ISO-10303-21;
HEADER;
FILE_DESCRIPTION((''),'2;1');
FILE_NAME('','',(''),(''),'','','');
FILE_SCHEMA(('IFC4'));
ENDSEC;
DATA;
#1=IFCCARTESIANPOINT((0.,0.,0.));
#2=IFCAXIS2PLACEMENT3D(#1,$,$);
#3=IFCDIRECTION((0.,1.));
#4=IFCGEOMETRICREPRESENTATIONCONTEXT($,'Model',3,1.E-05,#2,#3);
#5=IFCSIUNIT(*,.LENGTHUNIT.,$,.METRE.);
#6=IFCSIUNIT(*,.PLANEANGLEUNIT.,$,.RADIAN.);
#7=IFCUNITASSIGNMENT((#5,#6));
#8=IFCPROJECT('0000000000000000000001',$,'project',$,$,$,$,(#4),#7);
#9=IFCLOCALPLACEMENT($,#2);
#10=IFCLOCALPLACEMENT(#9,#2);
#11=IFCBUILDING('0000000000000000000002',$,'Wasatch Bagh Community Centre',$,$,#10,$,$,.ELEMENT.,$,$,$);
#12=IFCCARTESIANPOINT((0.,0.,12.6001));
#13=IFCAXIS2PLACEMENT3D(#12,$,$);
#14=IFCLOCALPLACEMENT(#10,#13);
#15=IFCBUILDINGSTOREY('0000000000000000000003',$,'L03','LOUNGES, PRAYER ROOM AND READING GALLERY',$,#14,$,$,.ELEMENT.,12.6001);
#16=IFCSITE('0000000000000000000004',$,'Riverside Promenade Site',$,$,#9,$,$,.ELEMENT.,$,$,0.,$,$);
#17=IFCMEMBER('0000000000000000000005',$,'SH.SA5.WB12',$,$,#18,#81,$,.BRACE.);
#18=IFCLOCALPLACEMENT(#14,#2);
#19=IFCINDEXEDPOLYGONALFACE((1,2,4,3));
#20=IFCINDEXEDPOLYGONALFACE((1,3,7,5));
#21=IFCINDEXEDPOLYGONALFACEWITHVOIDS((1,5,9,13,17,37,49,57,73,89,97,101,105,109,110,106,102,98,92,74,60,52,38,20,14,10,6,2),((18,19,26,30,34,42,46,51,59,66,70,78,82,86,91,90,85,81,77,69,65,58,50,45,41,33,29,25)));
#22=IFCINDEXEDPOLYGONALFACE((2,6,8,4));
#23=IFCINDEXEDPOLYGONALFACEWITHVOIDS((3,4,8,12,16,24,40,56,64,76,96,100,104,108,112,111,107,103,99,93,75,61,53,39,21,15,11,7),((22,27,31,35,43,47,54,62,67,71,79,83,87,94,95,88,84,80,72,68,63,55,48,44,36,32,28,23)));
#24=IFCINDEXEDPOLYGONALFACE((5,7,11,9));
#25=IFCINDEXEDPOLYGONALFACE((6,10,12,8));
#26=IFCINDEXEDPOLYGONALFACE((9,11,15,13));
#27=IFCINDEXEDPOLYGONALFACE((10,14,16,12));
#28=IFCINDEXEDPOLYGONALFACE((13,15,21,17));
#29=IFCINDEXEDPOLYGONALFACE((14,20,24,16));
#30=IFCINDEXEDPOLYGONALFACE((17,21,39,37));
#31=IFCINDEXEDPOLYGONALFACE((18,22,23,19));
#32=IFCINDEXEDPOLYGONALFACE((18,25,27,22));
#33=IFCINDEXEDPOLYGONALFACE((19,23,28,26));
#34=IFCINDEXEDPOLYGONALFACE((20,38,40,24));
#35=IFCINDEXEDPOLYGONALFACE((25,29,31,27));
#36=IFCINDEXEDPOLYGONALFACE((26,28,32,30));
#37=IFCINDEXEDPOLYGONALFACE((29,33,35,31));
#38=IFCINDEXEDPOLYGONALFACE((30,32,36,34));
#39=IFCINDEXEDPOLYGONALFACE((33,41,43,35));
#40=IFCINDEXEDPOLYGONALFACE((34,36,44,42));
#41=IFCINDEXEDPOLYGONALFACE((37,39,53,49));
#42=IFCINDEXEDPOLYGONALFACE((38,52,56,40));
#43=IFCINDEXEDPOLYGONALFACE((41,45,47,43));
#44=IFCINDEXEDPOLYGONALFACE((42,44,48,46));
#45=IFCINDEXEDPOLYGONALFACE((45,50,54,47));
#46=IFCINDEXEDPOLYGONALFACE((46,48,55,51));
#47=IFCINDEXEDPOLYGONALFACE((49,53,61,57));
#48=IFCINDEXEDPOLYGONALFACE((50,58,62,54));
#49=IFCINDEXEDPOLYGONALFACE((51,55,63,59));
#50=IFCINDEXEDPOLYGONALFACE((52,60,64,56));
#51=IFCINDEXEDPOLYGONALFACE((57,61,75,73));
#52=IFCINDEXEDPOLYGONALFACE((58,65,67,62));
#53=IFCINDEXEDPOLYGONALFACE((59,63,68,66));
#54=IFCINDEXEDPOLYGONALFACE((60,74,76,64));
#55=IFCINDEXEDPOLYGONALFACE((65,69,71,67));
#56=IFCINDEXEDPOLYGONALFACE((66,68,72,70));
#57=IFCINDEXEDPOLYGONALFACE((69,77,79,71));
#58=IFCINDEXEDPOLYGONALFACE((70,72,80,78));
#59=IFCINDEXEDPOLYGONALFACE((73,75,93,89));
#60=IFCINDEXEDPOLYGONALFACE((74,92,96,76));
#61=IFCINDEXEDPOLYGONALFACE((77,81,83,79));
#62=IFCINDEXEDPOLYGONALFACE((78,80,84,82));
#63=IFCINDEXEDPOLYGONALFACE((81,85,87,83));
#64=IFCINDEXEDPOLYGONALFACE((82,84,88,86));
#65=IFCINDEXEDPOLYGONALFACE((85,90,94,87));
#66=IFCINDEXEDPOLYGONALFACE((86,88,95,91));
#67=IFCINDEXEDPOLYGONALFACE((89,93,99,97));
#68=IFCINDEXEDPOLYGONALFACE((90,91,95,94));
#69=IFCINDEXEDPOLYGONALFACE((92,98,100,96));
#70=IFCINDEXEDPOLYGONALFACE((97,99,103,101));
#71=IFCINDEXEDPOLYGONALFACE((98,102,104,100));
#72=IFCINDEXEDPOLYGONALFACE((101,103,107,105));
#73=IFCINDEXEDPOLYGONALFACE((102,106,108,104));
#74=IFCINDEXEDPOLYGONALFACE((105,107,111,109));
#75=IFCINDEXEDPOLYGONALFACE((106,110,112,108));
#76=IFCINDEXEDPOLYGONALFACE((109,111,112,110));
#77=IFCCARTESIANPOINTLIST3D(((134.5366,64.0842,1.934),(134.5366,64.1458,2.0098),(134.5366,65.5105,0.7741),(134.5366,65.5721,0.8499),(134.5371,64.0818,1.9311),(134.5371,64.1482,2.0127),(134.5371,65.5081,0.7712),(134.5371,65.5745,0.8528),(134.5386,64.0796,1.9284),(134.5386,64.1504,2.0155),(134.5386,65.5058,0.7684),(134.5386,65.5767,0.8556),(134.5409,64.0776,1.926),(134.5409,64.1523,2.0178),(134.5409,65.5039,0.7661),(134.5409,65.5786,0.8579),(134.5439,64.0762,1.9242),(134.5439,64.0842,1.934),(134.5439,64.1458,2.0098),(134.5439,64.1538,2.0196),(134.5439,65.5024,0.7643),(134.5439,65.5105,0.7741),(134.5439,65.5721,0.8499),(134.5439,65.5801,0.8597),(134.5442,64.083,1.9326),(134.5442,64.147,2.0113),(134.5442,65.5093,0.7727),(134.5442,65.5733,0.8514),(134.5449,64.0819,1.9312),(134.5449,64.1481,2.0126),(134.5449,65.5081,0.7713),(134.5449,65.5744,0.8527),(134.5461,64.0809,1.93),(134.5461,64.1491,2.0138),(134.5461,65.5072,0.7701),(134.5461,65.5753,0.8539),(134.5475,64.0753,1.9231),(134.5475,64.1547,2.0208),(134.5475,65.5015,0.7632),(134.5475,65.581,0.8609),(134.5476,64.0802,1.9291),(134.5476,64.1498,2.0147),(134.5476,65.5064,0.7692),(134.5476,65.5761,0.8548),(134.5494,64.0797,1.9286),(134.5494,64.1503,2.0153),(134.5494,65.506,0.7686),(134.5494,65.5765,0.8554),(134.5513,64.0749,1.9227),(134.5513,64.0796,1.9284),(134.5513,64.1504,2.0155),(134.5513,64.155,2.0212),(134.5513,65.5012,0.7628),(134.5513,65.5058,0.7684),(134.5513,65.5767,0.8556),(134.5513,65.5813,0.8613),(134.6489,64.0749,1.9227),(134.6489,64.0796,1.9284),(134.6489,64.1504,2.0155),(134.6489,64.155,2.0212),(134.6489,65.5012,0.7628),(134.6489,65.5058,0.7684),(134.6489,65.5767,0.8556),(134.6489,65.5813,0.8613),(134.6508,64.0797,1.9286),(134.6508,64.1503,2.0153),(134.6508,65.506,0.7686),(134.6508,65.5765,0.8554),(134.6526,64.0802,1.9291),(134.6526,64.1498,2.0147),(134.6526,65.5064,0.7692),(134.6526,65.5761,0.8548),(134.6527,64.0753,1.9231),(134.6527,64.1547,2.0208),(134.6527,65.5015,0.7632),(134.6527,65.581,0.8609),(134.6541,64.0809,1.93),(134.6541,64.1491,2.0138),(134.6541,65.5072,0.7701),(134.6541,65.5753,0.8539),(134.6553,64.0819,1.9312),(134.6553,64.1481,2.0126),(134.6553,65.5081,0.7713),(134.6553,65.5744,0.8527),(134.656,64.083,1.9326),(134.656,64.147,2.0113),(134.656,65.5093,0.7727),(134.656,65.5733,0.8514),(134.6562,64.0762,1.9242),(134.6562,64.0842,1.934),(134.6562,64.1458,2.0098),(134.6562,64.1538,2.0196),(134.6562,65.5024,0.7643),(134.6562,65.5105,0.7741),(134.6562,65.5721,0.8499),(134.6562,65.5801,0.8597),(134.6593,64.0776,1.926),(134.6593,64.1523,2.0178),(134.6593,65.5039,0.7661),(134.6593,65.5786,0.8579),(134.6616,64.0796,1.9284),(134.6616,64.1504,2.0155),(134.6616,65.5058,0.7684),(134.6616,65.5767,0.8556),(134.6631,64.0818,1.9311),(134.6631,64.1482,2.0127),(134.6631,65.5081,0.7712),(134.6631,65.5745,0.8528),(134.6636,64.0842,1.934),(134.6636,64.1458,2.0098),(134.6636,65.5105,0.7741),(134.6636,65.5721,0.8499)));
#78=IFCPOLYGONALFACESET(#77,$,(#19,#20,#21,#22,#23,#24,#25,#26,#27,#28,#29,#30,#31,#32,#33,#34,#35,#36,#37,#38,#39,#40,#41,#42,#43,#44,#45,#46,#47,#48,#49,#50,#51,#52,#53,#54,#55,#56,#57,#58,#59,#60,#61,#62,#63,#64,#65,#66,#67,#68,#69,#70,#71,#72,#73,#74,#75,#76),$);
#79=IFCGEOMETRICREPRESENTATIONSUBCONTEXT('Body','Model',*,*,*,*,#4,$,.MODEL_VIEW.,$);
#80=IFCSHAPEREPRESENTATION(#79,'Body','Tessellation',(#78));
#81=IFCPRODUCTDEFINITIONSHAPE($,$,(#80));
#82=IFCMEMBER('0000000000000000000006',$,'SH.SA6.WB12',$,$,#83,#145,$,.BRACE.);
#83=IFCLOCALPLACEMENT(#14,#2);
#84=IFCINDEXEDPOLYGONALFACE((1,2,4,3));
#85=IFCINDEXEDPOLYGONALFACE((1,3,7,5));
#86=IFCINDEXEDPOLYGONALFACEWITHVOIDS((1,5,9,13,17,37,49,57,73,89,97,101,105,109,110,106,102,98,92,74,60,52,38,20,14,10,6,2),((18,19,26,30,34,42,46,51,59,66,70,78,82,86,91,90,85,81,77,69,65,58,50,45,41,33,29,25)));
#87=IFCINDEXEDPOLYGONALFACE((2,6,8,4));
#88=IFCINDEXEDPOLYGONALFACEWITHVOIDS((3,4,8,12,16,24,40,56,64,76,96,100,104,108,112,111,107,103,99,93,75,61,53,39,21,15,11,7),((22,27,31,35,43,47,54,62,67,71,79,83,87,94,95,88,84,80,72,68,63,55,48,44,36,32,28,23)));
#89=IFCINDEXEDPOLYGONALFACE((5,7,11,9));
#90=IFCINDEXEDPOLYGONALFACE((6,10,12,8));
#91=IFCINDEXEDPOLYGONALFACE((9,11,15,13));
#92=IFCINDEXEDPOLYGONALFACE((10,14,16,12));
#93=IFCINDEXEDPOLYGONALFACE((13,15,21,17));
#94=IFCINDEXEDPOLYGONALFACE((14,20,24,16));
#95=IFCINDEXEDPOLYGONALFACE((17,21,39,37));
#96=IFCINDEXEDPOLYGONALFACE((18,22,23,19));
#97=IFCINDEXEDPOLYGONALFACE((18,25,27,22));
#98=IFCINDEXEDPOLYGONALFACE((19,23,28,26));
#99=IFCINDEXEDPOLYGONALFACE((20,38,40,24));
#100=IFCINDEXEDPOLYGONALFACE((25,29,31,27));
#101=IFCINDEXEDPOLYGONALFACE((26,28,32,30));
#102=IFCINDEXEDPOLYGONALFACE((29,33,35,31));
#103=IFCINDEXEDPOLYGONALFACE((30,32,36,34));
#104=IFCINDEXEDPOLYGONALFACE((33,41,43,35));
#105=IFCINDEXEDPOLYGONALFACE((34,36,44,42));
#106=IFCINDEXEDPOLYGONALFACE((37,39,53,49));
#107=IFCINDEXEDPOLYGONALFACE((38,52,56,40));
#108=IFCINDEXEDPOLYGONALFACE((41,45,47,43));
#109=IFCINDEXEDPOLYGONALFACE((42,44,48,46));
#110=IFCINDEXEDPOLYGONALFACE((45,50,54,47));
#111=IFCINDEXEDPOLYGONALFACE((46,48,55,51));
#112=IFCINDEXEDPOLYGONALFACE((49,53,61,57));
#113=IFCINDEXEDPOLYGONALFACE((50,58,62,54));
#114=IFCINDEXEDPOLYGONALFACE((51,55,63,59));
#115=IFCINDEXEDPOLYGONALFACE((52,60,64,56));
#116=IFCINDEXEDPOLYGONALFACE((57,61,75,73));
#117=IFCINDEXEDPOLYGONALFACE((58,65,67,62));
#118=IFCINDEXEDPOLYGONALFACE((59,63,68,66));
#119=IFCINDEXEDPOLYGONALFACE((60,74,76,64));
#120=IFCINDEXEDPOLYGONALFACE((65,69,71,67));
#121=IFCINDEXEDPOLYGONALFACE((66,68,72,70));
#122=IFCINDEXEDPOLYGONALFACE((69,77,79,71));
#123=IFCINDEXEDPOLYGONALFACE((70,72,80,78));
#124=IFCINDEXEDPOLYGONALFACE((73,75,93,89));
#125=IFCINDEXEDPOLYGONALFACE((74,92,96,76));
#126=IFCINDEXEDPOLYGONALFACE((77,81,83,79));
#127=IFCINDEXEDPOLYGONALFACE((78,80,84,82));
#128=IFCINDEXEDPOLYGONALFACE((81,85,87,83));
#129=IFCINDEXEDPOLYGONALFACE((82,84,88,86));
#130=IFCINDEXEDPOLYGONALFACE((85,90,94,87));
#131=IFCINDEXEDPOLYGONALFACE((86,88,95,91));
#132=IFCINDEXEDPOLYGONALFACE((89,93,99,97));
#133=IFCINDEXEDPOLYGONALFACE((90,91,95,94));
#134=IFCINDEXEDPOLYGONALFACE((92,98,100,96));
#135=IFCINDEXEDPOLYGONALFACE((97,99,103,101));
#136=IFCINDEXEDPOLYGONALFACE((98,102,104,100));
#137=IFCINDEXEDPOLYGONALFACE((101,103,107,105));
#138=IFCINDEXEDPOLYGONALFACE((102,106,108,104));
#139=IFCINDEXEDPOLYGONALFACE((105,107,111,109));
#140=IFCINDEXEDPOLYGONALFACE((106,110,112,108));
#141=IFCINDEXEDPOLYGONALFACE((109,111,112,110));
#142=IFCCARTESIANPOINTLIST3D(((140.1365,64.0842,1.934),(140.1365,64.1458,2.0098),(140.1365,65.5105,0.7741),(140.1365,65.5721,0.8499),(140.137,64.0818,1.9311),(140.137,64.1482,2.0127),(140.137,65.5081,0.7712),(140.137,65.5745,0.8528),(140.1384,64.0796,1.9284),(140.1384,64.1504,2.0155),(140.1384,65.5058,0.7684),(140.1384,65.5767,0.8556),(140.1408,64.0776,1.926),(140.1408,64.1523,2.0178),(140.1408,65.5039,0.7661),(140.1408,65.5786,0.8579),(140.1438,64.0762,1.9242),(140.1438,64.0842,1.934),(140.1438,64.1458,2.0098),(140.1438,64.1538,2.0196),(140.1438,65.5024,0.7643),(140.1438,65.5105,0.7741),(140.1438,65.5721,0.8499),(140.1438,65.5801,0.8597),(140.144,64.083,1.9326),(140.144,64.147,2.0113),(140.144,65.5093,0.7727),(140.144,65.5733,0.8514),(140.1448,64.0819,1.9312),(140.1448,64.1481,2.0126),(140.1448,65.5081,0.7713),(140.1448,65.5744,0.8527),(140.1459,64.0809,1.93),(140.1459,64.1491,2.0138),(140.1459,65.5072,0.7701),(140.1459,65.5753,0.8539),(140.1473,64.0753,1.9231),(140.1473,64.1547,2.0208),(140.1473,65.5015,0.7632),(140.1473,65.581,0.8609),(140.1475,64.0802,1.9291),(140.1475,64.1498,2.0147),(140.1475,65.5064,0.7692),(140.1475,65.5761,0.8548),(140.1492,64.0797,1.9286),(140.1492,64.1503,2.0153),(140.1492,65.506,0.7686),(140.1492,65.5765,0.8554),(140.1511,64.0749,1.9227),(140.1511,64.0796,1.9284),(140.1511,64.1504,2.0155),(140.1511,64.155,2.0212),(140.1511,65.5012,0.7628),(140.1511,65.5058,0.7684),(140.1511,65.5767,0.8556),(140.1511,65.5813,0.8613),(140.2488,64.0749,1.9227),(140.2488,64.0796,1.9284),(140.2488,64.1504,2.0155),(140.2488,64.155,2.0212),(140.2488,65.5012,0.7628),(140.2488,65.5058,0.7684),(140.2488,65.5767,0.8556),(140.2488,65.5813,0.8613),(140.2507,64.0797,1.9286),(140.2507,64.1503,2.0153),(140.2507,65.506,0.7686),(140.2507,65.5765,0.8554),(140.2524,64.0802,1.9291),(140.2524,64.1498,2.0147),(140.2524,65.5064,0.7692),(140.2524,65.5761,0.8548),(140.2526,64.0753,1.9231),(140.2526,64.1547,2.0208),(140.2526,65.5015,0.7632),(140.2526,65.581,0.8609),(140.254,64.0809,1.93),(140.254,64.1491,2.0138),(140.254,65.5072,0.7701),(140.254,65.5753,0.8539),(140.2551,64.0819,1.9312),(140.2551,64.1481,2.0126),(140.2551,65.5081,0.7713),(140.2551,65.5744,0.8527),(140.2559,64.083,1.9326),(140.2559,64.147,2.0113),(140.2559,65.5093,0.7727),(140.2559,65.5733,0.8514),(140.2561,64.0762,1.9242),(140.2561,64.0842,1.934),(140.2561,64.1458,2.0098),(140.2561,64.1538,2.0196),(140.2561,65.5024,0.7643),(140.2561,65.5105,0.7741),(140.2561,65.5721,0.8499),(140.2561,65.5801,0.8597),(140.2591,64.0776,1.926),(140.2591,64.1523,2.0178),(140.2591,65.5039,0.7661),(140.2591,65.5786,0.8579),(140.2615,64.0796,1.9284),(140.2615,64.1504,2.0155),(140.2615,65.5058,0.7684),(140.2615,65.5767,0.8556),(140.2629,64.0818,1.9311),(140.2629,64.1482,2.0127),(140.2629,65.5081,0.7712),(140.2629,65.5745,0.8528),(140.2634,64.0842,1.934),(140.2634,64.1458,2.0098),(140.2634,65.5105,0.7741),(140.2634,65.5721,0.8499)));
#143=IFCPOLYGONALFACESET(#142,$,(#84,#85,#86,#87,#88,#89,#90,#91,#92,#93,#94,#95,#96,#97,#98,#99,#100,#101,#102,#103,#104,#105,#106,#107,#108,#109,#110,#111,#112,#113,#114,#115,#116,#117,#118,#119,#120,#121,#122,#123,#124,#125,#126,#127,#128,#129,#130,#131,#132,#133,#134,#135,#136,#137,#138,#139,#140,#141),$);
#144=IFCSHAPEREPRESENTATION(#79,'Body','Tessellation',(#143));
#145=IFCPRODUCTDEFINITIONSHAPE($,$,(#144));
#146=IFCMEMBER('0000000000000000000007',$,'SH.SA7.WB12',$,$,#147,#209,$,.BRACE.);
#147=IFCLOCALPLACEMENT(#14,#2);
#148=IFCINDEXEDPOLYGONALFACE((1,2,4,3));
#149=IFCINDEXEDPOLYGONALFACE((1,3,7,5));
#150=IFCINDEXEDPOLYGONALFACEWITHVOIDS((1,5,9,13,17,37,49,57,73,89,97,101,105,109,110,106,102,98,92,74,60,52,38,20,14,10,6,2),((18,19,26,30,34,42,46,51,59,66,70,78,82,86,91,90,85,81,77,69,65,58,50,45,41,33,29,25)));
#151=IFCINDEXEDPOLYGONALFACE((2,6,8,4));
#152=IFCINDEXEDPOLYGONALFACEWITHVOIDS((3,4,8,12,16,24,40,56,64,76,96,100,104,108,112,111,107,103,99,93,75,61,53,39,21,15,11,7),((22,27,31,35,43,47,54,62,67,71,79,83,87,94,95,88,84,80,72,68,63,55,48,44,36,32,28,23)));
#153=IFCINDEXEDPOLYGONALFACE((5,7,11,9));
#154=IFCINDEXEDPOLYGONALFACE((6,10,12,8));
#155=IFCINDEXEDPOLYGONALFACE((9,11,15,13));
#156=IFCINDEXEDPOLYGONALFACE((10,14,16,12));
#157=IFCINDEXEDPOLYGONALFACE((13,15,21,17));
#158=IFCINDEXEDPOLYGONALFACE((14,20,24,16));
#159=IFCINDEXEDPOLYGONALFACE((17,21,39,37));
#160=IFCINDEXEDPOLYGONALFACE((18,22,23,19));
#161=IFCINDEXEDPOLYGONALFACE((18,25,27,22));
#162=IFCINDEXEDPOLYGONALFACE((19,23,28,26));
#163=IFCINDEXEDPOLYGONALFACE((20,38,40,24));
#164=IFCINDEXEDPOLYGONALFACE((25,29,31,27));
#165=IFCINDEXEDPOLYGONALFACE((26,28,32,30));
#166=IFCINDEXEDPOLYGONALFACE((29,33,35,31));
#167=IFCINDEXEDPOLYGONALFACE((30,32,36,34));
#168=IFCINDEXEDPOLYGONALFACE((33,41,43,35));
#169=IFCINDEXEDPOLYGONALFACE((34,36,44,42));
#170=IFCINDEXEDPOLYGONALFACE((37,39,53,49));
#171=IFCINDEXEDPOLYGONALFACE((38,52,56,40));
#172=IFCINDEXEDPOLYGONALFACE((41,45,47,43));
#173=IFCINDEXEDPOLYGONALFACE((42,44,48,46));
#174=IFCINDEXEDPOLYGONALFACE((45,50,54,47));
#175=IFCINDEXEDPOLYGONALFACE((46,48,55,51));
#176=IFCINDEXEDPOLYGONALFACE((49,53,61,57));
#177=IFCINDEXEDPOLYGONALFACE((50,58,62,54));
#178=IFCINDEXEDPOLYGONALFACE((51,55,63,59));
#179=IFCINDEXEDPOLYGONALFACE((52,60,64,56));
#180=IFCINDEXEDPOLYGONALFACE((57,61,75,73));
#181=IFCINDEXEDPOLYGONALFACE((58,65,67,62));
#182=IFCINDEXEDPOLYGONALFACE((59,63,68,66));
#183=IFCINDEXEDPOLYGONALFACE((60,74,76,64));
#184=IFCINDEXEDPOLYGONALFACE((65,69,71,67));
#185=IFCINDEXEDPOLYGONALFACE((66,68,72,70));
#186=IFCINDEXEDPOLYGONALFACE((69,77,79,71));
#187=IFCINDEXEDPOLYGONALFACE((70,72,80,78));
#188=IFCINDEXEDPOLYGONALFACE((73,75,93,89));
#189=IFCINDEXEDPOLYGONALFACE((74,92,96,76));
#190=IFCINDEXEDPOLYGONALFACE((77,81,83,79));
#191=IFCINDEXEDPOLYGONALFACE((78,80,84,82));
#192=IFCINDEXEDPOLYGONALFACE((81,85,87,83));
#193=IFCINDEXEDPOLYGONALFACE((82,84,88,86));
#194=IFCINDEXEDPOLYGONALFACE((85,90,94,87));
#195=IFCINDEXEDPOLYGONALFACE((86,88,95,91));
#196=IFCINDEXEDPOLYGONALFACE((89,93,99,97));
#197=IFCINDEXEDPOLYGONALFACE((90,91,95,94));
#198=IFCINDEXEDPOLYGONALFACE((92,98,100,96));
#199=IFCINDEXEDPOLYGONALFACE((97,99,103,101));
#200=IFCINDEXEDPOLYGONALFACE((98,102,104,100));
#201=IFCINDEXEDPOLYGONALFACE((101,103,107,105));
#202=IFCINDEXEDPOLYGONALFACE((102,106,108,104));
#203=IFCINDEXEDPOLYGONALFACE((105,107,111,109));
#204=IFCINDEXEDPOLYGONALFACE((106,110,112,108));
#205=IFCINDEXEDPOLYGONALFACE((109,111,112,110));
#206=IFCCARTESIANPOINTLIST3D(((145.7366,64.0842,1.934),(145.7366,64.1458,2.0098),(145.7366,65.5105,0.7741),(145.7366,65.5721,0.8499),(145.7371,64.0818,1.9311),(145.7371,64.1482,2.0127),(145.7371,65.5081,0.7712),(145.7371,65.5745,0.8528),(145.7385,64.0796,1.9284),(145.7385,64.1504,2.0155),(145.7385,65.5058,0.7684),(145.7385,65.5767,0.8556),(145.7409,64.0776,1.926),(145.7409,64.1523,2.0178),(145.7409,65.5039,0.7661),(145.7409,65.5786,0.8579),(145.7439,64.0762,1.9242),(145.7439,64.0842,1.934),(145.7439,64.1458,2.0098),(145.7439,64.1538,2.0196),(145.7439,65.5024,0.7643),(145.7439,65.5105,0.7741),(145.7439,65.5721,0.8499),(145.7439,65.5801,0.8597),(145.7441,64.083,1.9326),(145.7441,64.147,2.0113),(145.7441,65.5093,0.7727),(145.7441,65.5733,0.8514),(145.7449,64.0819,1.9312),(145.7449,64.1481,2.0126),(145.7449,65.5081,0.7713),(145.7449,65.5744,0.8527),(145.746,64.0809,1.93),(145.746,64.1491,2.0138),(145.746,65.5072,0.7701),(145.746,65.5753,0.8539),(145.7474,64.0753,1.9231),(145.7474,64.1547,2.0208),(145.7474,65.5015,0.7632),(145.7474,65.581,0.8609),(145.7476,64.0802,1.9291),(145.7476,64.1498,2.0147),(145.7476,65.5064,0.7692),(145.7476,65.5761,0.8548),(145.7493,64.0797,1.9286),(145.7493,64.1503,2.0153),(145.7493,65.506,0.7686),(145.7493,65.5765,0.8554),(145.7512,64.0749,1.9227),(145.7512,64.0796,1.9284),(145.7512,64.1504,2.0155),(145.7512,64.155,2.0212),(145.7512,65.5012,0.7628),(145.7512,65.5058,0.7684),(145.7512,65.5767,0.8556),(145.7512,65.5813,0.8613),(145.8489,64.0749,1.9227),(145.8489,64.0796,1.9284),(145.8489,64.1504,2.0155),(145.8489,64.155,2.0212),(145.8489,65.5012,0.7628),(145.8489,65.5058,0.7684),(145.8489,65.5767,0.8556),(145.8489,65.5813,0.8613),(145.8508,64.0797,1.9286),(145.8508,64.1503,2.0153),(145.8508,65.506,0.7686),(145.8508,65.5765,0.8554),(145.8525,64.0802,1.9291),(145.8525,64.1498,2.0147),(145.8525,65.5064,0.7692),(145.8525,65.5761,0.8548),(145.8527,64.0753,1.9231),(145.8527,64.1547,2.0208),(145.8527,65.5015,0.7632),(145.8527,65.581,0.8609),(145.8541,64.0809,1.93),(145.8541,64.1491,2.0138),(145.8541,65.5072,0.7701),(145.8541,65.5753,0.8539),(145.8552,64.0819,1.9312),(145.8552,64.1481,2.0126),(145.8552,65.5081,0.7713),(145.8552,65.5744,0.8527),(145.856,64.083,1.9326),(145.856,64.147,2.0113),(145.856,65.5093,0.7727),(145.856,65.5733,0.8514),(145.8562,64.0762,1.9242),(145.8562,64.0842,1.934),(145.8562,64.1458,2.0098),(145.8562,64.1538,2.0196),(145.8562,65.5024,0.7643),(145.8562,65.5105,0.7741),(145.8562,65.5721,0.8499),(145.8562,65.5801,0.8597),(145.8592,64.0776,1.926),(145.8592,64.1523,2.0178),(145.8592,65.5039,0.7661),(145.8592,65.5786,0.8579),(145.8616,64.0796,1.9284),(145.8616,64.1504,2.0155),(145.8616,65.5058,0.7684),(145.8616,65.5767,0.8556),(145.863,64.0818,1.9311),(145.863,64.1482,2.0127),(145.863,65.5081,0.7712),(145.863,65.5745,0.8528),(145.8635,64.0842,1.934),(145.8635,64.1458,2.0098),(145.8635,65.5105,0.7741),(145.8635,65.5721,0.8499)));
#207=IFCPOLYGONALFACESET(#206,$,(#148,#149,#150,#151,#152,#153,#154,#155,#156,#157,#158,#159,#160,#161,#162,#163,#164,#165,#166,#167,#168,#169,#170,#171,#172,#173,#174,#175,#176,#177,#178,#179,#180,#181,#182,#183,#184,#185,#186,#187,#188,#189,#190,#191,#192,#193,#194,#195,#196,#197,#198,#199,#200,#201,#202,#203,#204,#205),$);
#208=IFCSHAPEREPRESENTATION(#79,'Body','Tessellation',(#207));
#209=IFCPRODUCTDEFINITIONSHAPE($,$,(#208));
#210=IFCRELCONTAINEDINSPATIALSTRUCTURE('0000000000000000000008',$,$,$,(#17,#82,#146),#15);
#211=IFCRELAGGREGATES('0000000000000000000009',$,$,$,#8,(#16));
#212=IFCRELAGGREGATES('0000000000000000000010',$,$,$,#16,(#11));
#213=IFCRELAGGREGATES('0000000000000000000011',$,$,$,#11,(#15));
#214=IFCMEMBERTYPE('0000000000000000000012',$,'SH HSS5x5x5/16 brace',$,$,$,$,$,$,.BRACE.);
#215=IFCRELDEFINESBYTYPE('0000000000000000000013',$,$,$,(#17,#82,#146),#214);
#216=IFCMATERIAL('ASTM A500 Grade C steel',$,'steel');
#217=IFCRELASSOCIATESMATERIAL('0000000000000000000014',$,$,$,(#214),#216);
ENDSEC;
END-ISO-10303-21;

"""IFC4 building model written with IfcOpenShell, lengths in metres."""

from ifc_helpers import new_model, si_unit, direction, frame, origin, origin_2d, place, context, subcontext, project, spatial, hollow_rectangle, extrude, material, material_profile, profile_set, type_object, element, save


model = new_model("IFC4")

# Units and contexts
model_context = context("Model", 3, precision=1e-05, world=origin(), true_north=direction((0.0, 1.0)))
body_context = subcontext(model_context, "Body", "Model", "MODEL_VIEW")
ifc_project = project(units=[si_unit("LENGTHUNIT", "METRE"), si_unit("PLANEANGLEUNIT", "RADIAN")], contexts=[model_context])

# Site, building, storey
site_placement = place(None, origin())
site = spatial("IfcSite", under=ifc_project, at=site_placement, Name="Riverside Promenade Site", CompositionType="ELEMENT", RefElevation=0.0)
building_placement = place(site_placement, origin())
building = spatial("IfcBuilding", under=site, at=building_placement, Name="Wasatch Bagh Community Centre", CompositionType="ELEMENT")
storey_placement = place(building_placement, frame((0.0, 0.0, 12.6001)))
storey = spatial("IfcBuildingStorey", under=building, at=storey_placement, Name="L03", Description="LOUNGES, PRAYER ROOM AND READING GALLERY", CompositionType="ELEMENT", Elevation=12.6001)

# Members
ifc_material_1 = material(Name="ASTM A500 Grade C steel", Category="steel")
ifc_material_profile_1 = material_profile(ifc_material_1, hollow_rectangle(XDim=0.127, YDim=0.127, WallThickness=0.0073, InnerFilletRadius=0.0073, OuterFilletRadius=0.0146, at=origin_2d()), Name="HSS5x5x5/16")
ifc_profile_set_1 = profile_set([ifc_material_profile_1], Name="ASTM A500 Grade C steel")
member_type_1 = type_object("IfcMemberType", Name="SH HSS5x5x5/16 brace", PredefinedType="BRACE", material=ifc_profile_set_1)
for number, where, z_axis, x_axis, name in (
    (1, (134.6001, 65.5413, 0.812), (0.0, -0.77583, 0.630943), (1.0, 0.0, 0.0), "SH.SA5.WB12"),
    (2, (140.2, 65.5413, 0.812), (0.0, -0.77583, 0.630943), (1.0, 0.0, 0.0), "SH.SA6.WB12"),
    (3, (145.8, 65.5413, 0.812), (0.0, -0.77583, 0.630943), (1.0, 0.0, 0.0), "SH.SA7.WB12"),
):
    element("IfcMember", number, at=place(storey_placement, frame(where, z_axis=z_axis, x_axis=x_axis)), inside=storey, type_object=member_type_1, Name=name, PredefinedType="BRACE", context=body_context, shape_type="SweptSolid", body=[
        extrude(hollow_rectangle(XDim=0.127, YDim=0.127, WallThickness=0.0073, InnerFilletRadius=0.0073, OuterFilletRadius=0.0146, at=origin_2d()), origin(), (0.0, 0.0, 1.0), 1.8384),
    ])

save(model, "model.ifc")
